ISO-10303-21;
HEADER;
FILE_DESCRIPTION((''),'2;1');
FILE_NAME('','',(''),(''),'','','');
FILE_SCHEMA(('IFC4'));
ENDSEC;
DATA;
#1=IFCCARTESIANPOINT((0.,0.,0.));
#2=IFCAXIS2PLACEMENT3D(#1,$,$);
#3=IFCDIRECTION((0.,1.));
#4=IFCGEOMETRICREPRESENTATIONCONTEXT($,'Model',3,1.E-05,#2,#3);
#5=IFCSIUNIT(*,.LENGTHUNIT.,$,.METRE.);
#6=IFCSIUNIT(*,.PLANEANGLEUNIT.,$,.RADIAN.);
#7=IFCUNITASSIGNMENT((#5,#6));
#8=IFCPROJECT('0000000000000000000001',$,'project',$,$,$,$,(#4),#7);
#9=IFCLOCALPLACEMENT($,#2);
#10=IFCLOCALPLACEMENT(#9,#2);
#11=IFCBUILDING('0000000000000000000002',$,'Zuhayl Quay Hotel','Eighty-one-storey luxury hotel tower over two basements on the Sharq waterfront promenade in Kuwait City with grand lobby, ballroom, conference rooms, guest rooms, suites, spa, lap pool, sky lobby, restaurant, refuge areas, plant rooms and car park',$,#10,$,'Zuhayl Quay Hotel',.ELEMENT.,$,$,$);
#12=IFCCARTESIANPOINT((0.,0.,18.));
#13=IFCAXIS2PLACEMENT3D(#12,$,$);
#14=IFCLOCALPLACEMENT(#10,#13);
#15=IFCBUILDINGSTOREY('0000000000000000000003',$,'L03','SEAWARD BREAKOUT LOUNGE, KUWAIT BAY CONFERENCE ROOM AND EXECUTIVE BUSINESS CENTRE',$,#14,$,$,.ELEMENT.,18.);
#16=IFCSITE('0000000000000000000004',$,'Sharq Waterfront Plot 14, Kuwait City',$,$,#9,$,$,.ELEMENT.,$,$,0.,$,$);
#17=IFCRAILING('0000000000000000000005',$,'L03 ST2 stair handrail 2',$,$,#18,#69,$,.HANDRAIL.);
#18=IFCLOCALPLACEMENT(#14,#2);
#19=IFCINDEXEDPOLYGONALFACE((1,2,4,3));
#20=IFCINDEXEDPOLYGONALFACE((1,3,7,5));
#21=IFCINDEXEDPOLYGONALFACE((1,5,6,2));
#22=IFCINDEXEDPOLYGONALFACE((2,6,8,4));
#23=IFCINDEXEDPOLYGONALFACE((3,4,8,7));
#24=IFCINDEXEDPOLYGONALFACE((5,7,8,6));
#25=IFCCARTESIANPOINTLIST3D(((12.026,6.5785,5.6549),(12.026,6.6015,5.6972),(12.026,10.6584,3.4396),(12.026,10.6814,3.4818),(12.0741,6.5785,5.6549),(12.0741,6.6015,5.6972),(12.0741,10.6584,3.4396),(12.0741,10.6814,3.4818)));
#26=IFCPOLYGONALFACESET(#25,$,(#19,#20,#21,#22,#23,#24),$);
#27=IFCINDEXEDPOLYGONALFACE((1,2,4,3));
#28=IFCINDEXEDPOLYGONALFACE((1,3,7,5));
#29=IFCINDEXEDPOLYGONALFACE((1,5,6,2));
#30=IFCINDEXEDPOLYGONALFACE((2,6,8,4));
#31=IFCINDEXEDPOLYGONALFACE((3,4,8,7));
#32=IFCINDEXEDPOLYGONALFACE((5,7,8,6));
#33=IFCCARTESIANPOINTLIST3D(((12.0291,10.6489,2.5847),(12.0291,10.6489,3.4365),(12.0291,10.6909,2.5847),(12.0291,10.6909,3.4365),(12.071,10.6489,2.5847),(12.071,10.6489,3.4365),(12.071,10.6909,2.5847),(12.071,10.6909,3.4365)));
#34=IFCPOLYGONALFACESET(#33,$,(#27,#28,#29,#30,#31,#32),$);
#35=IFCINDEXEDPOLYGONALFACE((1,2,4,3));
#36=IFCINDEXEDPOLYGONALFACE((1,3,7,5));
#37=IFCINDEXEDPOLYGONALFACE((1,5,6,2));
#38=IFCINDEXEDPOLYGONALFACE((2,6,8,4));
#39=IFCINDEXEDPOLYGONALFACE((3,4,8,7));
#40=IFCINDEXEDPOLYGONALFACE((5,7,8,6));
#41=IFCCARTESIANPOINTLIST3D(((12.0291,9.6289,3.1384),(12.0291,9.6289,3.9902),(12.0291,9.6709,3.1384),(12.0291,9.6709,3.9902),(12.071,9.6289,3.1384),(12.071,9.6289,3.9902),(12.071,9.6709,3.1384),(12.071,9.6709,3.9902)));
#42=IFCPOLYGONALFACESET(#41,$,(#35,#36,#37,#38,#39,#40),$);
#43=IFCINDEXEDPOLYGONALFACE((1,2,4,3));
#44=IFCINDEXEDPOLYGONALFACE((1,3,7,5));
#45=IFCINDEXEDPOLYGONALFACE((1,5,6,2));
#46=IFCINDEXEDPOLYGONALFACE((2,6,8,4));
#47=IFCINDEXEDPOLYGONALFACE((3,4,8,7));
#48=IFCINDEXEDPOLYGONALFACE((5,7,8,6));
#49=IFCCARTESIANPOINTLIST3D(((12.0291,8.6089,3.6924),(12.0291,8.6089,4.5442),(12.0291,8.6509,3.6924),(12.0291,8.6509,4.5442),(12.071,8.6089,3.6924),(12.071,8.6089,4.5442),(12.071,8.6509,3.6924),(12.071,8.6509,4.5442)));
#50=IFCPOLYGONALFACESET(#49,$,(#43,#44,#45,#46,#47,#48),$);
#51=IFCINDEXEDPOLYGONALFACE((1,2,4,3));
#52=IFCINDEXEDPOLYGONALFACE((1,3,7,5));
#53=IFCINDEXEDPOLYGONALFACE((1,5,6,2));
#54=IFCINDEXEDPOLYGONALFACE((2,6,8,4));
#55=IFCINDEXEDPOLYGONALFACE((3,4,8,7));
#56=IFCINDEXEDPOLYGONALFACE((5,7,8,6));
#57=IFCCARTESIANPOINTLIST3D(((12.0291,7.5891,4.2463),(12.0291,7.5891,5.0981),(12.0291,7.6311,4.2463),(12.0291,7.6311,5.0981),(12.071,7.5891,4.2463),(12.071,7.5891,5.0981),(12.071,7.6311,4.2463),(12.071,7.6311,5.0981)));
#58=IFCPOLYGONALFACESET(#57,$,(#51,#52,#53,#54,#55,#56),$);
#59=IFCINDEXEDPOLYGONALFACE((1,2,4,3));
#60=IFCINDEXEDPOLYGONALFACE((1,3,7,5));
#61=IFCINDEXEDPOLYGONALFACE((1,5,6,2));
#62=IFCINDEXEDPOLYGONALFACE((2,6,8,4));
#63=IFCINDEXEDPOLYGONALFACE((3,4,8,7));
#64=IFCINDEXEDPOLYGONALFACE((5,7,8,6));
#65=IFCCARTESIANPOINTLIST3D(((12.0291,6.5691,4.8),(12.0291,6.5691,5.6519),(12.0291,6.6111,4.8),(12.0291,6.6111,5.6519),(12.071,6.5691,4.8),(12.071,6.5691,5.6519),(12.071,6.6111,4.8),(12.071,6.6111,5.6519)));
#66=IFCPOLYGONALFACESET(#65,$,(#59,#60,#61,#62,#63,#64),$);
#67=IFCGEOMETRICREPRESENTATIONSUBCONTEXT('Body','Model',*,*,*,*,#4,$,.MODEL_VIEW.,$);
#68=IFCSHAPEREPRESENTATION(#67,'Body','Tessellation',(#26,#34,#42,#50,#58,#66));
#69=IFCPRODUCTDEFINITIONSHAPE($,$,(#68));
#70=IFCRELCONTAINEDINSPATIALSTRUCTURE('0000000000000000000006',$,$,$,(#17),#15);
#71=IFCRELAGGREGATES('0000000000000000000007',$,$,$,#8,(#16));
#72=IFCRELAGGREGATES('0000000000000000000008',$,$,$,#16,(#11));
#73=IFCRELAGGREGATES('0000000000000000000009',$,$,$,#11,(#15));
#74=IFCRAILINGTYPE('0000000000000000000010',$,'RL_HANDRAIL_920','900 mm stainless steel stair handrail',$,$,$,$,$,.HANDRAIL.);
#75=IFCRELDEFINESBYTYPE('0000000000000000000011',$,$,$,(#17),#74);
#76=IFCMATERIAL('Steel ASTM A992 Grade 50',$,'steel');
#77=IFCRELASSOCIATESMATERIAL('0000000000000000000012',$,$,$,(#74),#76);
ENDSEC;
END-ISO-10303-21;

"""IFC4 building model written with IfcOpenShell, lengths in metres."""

from ifc_helpers import new_model, si_unit, direction, frame, origin, origin_2d, place, context, subcontext, project, spatial, rectangle, extrude, material, type_object, element, save


model = new_model("IFC4")

# Units and contexts
model_context = context("Model", 3, precision=1e-05, world=origin(), true_north=direction((0.0, 1.0)))
body_context = subcontext(model_context, "Body", "Model", "MODEL_VIEW")
ifc_project = project(units=[si_unit("LENGTHUNIT", "METRE"), si_unit("PLANEANGLEUNIT", "RADIAN")], contexts=[model_context])

# Site, building, storey
site_placement = place(None, origin())
site = spatial("IfcSite", under=ifc_project, at=site_placement, Name="Sharq Waterfront Plot 14, Kuwait City", CompositionType="ELEMENT", RefElevation=0.0)
building_placement = place(site_placement, origin())
building = spatial("IfcBuilding", under=site, at=building_placement, Name="Zuhayl Quay Hotel", Description="Eighty-one-storey luxury hotel tower over two basements on the Sharq waterfront promenade in Kuwait City with grand lobby, ballroom, conference rooms, guest rooms, suites, spa, lap pool, sky lobby, restaurant, refuge areas, plant rooms and car park", LongName="Zuhayl Quay Hotel", CompositionType="ELEMENT")
storey_placement = place(building_placement, frame((0.0, 0.0, 18.0)))
storey = spatial("IfcBuildingStorey", under=building, at=storey_placement, Name="L03", Description="SEAWARD BREAKOUT LOUNGE, KUWAIT BAY CONFERENCE ROOM AND EXECUTIVE BUSINESS CENTRE", CompositionType="ELEMENT", Elevation=18.0)

# Shared definitions
ifc_material_1 = material(Name="Steel ASTM A992 Grade 50", Category="steel")

# Railing
railing_type_1 = type_object("IfcRailingType", Name="RL_HANDRAIL_920", Description="900 mm stainless steel stair handrail", PredefinedType="HANDRAIL", material=ifc_material_1)
railing_1_placement = place(storey_placement, frame((12.05, 10.6699, 2.5847)))
element("IfcRailing", 1, at=railing_1_placement, inside=storey, type_object=railing_type_1, Name="L03 ST2 stair handrail 2", PredefinedType="HANDRAIL", context=body_context, shape_type="SweptSolid", body=[
    extrude(rectangle(XDim=0.0481, YDim=0.0481, at=origin_2d()), frame((0.0, 0.0, 0.876), z_axis=(0.0, -0.878802, 0.477186), x_axis=(1.0, 0.0, 0.0)), (0.0, 0.0, 1.0), 4.6426),
    extrude(rectangle(XDim=0.042, YDim=0.042, at=origin_2d()), origin(), (0.0, 0.0, 1.0), 0.8518),
    extrude(rectangle(XDim=0.042, YDim=0.042, at=origin_2d()), frame((0.0, -1.02, 0.5537)), (0.0, 0.0, 1.0), 0.8518),
    extrude(rectangle(XDim=0.042, YDim=0.042, at=origin_2d()), frame((0.0, -2.04, 1.1077)), (0.0, 0.0, 1.0), 0.8518),
    extrude(rectangle(XDim=0.042, YDim=0.042, at=origin_2d()), frame((0.0, -3.0598, 1.6616)), (0.0, 0.0, 1.0), 0.8518),
    extrude(rectangle(XDim=0.042, YDim=0.042, at=origin_2d()), frame((0.0, -4.0798, 2.2153)), (0.0, 0.0, 1.0), 0.8518),
])

save(model, "model.ifc")
